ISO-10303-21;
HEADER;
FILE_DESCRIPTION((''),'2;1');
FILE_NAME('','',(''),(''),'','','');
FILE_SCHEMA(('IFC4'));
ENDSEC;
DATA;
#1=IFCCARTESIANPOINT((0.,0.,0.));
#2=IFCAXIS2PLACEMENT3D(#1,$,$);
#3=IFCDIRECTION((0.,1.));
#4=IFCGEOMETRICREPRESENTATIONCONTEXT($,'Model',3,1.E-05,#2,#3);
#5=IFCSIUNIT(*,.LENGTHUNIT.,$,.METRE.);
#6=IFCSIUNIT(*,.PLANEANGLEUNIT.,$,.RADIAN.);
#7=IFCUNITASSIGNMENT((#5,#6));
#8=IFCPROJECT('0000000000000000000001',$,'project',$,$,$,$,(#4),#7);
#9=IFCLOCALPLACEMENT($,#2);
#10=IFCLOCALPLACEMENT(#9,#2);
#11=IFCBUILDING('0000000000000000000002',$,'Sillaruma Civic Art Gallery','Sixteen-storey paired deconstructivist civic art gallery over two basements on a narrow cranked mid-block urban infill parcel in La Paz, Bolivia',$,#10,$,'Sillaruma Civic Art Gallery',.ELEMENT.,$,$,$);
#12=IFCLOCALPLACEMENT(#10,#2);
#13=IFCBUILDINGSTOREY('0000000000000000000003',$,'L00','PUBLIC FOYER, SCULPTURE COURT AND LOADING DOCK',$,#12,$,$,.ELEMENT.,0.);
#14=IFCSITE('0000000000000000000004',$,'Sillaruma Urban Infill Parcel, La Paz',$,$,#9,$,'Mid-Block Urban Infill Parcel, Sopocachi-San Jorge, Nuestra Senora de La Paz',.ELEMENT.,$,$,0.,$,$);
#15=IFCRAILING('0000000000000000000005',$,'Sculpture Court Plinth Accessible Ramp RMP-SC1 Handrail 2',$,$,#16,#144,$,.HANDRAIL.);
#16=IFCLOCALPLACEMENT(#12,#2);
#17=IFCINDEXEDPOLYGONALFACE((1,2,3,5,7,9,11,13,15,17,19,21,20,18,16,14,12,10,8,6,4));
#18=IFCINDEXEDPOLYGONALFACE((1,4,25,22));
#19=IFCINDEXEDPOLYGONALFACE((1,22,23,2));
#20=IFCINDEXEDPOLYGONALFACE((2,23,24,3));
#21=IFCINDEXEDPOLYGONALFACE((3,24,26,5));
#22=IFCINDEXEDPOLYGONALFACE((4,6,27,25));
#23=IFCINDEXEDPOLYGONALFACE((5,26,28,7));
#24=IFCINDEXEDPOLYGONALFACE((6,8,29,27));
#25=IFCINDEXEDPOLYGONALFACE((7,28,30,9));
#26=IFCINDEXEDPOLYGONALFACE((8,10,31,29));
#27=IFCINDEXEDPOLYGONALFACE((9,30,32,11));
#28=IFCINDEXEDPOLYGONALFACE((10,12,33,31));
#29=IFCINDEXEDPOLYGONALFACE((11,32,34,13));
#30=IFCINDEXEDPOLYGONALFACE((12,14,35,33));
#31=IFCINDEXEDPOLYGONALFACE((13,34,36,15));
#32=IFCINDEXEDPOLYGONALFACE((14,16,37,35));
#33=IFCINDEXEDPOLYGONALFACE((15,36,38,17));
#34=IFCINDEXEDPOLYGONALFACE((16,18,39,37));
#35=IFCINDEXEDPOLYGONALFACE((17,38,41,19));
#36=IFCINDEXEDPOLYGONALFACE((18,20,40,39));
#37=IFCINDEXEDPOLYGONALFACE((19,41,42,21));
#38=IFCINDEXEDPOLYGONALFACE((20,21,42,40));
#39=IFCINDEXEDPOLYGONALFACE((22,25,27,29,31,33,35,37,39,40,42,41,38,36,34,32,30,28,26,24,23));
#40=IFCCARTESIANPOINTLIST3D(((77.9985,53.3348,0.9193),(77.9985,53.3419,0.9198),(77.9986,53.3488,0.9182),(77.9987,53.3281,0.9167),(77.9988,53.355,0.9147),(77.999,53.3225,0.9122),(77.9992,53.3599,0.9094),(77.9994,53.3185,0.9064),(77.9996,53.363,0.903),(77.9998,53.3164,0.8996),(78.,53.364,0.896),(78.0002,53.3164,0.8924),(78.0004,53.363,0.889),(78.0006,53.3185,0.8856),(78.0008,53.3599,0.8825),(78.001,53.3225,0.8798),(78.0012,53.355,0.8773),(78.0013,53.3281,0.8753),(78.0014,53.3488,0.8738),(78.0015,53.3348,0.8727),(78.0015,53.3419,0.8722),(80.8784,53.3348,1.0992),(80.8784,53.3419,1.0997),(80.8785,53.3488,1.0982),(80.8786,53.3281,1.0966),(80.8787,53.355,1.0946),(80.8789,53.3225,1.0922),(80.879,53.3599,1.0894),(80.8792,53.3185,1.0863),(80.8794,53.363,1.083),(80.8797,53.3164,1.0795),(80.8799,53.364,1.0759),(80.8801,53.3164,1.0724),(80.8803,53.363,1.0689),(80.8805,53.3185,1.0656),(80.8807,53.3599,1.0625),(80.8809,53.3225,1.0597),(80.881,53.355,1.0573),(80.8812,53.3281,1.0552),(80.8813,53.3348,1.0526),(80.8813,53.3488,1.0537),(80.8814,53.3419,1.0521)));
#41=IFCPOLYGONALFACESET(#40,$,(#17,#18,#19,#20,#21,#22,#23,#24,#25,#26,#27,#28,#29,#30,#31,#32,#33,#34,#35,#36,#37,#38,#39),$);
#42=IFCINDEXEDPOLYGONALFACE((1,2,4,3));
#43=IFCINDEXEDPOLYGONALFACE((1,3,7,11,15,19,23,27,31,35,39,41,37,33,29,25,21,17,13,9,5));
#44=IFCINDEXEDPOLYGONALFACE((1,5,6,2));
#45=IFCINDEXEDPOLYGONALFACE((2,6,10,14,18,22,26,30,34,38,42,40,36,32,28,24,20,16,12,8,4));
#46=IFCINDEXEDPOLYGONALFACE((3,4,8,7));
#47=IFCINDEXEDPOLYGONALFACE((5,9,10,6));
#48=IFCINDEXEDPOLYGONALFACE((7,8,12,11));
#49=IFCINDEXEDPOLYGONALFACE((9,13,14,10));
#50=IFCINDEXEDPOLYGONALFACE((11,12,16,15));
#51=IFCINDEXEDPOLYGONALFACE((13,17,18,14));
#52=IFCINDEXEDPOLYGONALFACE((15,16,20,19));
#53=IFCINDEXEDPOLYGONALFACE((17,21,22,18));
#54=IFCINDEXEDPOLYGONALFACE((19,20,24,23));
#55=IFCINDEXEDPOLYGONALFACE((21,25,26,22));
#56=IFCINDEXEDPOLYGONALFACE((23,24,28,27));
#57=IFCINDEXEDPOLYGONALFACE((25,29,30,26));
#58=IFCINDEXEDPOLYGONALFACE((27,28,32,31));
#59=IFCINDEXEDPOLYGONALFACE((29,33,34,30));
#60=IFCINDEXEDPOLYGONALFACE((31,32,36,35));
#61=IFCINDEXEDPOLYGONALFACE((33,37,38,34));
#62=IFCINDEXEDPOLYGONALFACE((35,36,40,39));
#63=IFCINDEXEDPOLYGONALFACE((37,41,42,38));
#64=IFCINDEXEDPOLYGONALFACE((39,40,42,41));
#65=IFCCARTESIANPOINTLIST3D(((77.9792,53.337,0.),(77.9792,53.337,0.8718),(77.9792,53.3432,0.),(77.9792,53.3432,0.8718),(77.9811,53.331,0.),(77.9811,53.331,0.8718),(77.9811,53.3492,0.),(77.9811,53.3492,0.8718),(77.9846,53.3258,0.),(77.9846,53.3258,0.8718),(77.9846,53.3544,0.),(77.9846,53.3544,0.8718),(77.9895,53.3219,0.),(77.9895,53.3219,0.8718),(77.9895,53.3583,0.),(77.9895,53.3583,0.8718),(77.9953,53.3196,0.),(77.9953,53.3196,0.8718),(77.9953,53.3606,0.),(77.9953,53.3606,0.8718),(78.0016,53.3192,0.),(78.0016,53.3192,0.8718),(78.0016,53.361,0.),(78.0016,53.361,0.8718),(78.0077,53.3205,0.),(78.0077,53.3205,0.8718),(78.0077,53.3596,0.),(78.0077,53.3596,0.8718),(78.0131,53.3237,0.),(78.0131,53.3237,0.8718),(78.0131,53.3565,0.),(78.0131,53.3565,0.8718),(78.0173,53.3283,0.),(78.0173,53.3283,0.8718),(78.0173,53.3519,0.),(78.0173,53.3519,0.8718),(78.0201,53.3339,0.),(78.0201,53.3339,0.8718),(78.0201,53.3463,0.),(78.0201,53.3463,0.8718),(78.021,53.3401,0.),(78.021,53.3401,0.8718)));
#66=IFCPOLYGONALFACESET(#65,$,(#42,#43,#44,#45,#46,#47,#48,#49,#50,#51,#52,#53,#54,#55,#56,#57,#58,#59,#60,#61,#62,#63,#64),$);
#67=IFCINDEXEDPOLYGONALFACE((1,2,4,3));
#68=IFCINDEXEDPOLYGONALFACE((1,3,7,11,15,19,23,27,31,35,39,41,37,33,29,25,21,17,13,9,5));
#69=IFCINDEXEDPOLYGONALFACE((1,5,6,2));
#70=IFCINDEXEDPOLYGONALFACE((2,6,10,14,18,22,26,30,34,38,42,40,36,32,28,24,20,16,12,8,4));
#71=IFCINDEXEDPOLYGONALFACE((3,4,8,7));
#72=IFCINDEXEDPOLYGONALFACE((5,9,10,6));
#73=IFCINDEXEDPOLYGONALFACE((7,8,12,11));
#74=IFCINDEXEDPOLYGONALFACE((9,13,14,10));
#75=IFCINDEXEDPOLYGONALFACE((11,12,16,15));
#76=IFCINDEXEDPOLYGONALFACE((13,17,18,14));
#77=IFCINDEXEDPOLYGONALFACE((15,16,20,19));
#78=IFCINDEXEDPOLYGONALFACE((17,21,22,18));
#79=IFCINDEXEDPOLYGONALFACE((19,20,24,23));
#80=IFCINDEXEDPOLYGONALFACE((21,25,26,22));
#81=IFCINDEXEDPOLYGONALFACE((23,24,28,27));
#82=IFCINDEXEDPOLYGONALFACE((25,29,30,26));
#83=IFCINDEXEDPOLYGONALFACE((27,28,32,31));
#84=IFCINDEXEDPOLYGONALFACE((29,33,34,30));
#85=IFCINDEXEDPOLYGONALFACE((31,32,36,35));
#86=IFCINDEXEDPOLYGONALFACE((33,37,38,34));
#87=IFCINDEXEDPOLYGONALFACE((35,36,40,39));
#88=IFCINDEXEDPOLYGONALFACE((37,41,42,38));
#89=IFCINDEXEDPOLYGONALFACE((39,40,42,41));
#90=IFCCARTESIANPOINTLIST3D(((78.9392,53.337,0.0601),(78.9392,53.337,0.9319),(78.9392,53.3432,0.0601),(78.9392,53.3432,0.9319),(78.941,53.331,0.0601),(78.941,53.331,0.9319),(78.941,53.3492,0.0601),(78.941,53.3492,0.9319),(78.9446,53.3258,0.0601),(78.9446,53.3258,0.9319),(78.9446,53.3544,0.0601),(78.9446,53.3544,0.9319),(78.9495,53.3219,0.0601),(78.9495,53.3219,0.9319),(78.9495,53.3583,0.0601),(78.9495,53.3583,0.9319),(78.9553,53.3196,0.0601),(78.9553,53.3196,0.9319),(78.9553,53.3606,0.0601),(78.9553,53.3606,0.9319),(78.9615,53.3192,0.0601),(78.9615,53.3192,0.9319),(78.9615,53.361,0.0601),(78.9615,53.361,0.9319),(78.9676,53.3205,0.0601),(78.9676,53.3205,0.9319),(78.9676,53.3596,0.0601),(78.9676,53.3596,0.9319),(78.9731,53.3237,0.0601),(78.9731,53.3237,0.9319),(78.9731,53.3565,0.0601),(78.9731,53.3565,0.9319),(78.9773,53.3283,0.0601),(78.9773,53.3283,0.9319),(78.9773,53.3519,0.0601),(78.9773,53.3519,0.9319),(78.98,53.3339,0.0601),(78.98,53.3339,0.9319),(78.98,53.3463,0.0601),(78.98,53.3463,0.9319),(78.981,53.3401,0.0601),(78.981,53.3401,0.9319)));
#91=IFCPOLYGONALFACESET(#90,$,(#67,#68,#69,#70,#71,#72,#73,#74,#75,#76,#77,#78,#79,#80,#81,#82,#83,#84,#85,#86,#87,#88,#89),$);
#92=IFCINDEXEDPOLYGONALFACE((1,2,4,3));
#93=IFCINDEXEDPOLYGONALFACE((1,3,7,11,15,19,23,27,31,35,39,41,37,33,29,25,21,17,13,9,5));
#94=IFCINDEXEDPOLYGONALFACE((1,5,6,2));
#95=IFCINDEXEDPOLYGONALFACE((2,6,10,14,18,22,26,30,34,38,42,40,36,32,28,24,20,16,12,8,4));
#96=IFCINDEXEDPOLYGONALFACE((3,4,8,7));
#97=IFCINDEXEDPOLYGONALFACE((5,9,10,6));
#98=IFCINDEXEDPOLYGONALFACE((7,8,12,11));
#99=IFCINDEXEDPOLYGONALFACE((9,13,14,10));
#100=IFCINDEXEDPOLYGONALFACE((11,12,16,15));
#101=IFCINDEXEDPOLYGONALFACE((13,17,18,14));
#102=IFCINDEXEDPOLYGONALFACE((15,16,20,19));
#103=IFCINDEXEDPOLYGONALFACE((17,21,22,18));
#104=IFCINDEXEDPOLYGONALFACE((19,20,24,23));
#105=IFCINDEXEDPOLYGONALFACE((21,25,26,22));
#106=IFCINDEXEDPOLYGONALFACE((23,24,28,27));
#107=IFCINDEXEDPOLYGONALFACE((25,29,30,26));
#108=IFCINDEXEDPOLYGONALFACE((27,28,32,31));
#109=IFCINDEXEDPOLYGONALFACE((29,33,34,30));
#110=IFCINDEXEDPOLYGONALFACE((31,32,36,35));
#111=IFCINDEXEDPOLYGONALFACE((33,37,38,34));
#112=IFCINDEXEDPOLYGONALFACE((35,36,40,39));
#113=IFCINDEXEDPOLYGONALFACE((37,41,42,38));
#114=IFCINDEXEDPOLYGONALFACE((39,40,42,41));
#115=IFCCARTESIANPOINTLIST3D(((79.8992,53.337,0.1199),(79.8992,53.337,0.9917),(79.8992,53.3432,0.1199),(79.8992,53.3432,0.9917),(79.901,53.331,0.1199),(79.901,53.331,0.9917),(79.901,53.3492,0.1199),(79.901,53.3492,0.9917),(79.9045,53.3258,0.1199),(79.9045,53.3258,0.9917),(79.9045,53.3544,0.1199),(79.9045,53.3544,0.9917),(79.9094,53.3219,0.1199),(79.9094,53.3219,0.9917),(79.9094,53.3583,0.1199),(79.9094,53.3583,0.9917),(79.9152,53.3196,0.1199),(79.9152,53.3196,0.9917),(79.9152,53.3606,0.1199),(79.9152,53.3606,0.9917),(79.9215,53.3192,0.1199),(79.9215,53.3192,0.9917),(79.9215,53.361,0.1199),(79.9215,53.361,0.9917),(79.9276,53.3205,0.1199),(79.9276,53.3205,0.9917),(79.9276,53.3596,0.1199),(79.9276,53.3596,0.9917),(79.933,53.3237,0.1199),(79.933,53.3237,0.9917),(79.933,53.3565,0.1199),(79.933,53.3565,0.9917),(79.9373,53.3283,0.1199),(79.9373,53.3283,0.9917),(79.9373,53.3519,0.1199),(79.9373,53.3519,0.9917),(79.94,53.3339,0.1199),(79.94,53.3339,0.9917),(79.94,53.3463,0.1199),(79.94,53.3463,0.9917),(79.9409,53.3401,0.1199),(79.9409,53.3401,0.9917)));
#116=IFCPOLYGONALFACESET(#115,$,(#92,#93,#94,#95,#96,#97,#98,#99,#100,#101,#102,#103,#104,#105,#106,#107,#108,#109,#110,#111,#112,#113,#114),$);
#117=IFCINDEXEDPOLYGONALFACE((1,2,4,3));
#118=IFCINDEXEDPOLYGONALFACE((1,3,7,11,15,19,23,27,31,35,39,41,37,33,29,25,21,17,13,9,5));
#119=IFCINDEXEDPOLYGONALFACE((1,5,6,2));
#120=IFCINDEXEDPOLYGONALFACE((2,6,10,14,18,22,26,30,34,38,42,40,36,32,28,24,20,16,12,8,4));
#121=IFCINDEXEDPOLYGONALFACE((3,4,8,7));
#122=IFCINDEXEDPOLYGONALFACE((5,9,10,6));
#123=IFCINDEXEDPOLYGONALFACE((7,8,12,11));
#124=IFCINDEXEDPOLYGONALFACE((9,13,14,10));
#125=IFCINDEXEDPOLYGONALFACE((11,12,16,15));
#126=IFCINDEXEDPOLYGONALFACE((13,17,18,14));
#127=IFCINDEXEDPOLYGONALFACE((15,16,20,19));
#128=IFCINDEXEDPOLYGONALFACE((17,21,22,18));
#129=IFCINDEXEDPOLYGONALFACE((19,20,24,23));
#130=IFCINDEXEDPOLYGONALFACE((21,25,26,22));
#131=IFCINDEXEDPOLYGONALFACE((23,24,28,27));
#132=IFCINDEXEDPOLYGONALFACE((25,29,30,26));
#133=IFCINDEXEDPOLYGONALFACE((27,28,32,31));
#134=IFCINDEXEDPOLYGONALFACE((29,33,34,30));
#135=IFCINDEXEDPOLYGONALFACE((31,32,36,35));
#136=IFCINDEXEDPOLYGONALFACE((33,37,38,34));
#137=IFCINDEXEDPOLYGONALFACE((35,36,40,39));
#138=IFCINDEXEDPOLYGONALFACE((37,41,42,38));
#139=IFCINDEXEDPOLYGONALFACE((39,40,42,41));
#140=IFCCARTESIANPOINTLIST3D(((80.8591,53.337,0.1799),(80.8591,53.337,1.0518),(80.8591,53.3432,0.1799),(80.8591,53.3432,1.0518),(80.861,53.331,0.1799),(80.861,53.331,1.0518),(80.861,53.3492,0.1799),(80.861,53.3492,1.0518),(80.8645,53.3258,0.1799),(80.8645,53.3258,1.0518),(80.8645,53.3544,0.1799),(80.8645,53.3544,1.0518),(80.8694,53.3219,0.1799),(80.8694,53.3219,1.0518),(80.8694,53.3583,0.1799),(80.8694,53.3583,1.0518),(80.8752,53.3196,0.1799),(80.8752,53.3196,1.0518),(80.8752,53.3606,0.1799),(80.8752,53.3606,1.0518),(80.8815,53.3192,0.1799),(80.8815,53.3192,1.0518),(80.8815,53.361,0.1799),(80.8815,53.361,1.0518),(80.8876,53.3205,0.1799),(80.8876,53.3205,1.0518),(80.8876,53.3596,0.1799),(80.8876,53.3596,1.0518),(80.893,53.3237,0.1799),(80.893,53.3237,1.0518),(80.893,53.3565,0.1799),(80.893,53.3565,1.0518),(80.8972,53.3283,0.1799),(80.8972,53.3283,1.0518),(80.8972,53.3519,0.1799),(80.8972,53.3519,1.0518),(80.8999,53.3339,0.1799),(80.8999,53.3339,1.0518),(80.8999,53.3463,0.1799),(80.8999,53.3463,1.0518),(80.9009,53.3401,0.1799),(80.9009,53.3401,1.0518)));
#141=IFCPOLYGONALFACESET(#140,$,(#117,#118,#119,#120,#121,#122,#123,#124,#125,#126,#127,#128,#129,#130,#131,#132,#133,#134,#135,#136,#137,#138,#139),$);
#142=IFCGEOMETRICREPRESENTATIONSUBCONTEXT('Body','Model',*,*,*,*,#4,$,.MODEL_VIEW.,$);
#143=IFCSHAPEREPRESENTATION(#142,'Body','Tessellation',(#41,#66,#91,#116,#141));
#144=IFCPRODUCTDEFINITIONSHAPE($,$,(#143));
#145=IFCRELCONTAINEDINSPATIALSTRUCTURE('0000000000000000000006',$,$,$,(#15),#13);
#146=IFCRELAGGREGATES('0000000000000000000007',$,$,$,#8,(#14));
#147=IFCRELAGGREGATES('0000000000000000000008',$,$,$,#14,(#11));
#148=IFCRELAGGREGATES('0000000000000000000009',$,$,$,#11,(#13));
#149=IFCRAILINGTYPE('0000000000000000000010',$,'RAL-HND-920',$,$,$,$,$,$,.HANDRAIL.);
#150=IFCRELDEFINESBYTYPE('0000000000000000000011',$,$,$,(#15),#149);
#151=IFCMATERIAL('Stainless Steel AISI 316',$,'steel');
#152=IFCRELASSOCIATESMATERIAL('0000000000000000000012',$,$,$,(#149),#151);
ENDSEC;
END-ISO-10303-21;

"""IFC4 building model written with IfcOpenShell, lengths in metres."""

from ifc_helpers import new_model, si_unit, direction, frame, origin, origin_2d, place, context, subcontext, project, spatial, circle, extrude, material, type_object, element, save


model = new_model("IFC4")

# Units and contexts
model_context = context("Model", 3, precision=1e-05, world=origin(), true_north=direction((0.0, 1.0)))
body_context = subcontext(model_context, "Body", "Model", "MODEL_VIEW")
ifc_project = project(units=[si_unit("LENGTHUNIT", "METRE"), si_unit("PLANEANGLEUNIT", "RADIAN")], contexts=[model_context])

# Site, building, storey
site_placement = place(None, origin())
site = spatial("IfcSite", under=ifc_project, at=site_placement, Name="Sillaruma Urban Infill Parcel, La Paz", LongName="Mid-Block Urban Infill Parcel, Sopocachi-San Jorge, Nuestra Senora de La Paz", CompositionType="ELEMENT", RefElevation=0.0)
building_placement = place(site_placement, origin())
building = spatial("IfcBuilding", under=site, at=building_placement, Name="Sillaruma Civic Art Gallery", Description="Sixteen-storey paired deconstructivist civic art gallery over two basements on a narrow cranked mid-block urban infill parcel in La Paz, Bolivia", LongName="Sillaruma Civic Art Gallery", CompositionType="ELEMENT")
storey_placement = place(building_placement, origin())
storey = spatial("IfcBuildingStorey", under=building, at=storey_placement, Name="L00", Description="PUBLIC FOYER, SCULPTURE COURT AND LOADING DOCK", CompositionType="ELEMENT", Elevation=0.0)

# Railing
ifc_material_1 = material(Name="Stainless Steel AISI 316", Category="steel")
railing_type_1 = type_object("IfcRailingType", Name="RAL-HND-920", PredefinedType="HANDRAIL", material=ifc_material_1)
for number, where, name in (
    (1, (78.0, 53.3401, 0.0), "Sculpture Court Plinth Accessible Ramp RMP-SC1 Handrail 2"),
):
    element("IfcRailing", number, at=place(storey_placement, frame(where)), inside=storey, type_object=railing_type_1, Name=name, PredefinedType="HANDRAIL", context=body_context, shape_type="SweptSolid", body=[
        extrude(circle(Radius=0.0239, at=origin_2d()), frame((0.0, 0.0, 0.896), z_axis=(0.998054, 0.0, 0.062357), x_axis=(0.0, 1.0, 0.0)), (0.0, 0.0, 1.0), 2.8855),
        extrude(circle(Radius=0.021, at=origin_2d()), origin(), (0.0, 0.0, 1.0), 0.8718),
        extrude(circle(Radius=0.021, at=origin_2d()), frame((0.96, 0.0, 0.0601)), (0.0, 0.0, 1.0), 0.8718),
        extrude(circle(Radius=0.021, at=origin_2d()), frame((1.9199, 0.0, 0.1199)), (0.0, 0.0, 1.0), 0.8718),
        extrude(circle(Radius=0.021, at=origin_2d()), frame((2.8799, 0.0, 0.1799)), (0.0, 0.0, 1.0), 0.8718),
    ])

save(model, "model.ifc")
